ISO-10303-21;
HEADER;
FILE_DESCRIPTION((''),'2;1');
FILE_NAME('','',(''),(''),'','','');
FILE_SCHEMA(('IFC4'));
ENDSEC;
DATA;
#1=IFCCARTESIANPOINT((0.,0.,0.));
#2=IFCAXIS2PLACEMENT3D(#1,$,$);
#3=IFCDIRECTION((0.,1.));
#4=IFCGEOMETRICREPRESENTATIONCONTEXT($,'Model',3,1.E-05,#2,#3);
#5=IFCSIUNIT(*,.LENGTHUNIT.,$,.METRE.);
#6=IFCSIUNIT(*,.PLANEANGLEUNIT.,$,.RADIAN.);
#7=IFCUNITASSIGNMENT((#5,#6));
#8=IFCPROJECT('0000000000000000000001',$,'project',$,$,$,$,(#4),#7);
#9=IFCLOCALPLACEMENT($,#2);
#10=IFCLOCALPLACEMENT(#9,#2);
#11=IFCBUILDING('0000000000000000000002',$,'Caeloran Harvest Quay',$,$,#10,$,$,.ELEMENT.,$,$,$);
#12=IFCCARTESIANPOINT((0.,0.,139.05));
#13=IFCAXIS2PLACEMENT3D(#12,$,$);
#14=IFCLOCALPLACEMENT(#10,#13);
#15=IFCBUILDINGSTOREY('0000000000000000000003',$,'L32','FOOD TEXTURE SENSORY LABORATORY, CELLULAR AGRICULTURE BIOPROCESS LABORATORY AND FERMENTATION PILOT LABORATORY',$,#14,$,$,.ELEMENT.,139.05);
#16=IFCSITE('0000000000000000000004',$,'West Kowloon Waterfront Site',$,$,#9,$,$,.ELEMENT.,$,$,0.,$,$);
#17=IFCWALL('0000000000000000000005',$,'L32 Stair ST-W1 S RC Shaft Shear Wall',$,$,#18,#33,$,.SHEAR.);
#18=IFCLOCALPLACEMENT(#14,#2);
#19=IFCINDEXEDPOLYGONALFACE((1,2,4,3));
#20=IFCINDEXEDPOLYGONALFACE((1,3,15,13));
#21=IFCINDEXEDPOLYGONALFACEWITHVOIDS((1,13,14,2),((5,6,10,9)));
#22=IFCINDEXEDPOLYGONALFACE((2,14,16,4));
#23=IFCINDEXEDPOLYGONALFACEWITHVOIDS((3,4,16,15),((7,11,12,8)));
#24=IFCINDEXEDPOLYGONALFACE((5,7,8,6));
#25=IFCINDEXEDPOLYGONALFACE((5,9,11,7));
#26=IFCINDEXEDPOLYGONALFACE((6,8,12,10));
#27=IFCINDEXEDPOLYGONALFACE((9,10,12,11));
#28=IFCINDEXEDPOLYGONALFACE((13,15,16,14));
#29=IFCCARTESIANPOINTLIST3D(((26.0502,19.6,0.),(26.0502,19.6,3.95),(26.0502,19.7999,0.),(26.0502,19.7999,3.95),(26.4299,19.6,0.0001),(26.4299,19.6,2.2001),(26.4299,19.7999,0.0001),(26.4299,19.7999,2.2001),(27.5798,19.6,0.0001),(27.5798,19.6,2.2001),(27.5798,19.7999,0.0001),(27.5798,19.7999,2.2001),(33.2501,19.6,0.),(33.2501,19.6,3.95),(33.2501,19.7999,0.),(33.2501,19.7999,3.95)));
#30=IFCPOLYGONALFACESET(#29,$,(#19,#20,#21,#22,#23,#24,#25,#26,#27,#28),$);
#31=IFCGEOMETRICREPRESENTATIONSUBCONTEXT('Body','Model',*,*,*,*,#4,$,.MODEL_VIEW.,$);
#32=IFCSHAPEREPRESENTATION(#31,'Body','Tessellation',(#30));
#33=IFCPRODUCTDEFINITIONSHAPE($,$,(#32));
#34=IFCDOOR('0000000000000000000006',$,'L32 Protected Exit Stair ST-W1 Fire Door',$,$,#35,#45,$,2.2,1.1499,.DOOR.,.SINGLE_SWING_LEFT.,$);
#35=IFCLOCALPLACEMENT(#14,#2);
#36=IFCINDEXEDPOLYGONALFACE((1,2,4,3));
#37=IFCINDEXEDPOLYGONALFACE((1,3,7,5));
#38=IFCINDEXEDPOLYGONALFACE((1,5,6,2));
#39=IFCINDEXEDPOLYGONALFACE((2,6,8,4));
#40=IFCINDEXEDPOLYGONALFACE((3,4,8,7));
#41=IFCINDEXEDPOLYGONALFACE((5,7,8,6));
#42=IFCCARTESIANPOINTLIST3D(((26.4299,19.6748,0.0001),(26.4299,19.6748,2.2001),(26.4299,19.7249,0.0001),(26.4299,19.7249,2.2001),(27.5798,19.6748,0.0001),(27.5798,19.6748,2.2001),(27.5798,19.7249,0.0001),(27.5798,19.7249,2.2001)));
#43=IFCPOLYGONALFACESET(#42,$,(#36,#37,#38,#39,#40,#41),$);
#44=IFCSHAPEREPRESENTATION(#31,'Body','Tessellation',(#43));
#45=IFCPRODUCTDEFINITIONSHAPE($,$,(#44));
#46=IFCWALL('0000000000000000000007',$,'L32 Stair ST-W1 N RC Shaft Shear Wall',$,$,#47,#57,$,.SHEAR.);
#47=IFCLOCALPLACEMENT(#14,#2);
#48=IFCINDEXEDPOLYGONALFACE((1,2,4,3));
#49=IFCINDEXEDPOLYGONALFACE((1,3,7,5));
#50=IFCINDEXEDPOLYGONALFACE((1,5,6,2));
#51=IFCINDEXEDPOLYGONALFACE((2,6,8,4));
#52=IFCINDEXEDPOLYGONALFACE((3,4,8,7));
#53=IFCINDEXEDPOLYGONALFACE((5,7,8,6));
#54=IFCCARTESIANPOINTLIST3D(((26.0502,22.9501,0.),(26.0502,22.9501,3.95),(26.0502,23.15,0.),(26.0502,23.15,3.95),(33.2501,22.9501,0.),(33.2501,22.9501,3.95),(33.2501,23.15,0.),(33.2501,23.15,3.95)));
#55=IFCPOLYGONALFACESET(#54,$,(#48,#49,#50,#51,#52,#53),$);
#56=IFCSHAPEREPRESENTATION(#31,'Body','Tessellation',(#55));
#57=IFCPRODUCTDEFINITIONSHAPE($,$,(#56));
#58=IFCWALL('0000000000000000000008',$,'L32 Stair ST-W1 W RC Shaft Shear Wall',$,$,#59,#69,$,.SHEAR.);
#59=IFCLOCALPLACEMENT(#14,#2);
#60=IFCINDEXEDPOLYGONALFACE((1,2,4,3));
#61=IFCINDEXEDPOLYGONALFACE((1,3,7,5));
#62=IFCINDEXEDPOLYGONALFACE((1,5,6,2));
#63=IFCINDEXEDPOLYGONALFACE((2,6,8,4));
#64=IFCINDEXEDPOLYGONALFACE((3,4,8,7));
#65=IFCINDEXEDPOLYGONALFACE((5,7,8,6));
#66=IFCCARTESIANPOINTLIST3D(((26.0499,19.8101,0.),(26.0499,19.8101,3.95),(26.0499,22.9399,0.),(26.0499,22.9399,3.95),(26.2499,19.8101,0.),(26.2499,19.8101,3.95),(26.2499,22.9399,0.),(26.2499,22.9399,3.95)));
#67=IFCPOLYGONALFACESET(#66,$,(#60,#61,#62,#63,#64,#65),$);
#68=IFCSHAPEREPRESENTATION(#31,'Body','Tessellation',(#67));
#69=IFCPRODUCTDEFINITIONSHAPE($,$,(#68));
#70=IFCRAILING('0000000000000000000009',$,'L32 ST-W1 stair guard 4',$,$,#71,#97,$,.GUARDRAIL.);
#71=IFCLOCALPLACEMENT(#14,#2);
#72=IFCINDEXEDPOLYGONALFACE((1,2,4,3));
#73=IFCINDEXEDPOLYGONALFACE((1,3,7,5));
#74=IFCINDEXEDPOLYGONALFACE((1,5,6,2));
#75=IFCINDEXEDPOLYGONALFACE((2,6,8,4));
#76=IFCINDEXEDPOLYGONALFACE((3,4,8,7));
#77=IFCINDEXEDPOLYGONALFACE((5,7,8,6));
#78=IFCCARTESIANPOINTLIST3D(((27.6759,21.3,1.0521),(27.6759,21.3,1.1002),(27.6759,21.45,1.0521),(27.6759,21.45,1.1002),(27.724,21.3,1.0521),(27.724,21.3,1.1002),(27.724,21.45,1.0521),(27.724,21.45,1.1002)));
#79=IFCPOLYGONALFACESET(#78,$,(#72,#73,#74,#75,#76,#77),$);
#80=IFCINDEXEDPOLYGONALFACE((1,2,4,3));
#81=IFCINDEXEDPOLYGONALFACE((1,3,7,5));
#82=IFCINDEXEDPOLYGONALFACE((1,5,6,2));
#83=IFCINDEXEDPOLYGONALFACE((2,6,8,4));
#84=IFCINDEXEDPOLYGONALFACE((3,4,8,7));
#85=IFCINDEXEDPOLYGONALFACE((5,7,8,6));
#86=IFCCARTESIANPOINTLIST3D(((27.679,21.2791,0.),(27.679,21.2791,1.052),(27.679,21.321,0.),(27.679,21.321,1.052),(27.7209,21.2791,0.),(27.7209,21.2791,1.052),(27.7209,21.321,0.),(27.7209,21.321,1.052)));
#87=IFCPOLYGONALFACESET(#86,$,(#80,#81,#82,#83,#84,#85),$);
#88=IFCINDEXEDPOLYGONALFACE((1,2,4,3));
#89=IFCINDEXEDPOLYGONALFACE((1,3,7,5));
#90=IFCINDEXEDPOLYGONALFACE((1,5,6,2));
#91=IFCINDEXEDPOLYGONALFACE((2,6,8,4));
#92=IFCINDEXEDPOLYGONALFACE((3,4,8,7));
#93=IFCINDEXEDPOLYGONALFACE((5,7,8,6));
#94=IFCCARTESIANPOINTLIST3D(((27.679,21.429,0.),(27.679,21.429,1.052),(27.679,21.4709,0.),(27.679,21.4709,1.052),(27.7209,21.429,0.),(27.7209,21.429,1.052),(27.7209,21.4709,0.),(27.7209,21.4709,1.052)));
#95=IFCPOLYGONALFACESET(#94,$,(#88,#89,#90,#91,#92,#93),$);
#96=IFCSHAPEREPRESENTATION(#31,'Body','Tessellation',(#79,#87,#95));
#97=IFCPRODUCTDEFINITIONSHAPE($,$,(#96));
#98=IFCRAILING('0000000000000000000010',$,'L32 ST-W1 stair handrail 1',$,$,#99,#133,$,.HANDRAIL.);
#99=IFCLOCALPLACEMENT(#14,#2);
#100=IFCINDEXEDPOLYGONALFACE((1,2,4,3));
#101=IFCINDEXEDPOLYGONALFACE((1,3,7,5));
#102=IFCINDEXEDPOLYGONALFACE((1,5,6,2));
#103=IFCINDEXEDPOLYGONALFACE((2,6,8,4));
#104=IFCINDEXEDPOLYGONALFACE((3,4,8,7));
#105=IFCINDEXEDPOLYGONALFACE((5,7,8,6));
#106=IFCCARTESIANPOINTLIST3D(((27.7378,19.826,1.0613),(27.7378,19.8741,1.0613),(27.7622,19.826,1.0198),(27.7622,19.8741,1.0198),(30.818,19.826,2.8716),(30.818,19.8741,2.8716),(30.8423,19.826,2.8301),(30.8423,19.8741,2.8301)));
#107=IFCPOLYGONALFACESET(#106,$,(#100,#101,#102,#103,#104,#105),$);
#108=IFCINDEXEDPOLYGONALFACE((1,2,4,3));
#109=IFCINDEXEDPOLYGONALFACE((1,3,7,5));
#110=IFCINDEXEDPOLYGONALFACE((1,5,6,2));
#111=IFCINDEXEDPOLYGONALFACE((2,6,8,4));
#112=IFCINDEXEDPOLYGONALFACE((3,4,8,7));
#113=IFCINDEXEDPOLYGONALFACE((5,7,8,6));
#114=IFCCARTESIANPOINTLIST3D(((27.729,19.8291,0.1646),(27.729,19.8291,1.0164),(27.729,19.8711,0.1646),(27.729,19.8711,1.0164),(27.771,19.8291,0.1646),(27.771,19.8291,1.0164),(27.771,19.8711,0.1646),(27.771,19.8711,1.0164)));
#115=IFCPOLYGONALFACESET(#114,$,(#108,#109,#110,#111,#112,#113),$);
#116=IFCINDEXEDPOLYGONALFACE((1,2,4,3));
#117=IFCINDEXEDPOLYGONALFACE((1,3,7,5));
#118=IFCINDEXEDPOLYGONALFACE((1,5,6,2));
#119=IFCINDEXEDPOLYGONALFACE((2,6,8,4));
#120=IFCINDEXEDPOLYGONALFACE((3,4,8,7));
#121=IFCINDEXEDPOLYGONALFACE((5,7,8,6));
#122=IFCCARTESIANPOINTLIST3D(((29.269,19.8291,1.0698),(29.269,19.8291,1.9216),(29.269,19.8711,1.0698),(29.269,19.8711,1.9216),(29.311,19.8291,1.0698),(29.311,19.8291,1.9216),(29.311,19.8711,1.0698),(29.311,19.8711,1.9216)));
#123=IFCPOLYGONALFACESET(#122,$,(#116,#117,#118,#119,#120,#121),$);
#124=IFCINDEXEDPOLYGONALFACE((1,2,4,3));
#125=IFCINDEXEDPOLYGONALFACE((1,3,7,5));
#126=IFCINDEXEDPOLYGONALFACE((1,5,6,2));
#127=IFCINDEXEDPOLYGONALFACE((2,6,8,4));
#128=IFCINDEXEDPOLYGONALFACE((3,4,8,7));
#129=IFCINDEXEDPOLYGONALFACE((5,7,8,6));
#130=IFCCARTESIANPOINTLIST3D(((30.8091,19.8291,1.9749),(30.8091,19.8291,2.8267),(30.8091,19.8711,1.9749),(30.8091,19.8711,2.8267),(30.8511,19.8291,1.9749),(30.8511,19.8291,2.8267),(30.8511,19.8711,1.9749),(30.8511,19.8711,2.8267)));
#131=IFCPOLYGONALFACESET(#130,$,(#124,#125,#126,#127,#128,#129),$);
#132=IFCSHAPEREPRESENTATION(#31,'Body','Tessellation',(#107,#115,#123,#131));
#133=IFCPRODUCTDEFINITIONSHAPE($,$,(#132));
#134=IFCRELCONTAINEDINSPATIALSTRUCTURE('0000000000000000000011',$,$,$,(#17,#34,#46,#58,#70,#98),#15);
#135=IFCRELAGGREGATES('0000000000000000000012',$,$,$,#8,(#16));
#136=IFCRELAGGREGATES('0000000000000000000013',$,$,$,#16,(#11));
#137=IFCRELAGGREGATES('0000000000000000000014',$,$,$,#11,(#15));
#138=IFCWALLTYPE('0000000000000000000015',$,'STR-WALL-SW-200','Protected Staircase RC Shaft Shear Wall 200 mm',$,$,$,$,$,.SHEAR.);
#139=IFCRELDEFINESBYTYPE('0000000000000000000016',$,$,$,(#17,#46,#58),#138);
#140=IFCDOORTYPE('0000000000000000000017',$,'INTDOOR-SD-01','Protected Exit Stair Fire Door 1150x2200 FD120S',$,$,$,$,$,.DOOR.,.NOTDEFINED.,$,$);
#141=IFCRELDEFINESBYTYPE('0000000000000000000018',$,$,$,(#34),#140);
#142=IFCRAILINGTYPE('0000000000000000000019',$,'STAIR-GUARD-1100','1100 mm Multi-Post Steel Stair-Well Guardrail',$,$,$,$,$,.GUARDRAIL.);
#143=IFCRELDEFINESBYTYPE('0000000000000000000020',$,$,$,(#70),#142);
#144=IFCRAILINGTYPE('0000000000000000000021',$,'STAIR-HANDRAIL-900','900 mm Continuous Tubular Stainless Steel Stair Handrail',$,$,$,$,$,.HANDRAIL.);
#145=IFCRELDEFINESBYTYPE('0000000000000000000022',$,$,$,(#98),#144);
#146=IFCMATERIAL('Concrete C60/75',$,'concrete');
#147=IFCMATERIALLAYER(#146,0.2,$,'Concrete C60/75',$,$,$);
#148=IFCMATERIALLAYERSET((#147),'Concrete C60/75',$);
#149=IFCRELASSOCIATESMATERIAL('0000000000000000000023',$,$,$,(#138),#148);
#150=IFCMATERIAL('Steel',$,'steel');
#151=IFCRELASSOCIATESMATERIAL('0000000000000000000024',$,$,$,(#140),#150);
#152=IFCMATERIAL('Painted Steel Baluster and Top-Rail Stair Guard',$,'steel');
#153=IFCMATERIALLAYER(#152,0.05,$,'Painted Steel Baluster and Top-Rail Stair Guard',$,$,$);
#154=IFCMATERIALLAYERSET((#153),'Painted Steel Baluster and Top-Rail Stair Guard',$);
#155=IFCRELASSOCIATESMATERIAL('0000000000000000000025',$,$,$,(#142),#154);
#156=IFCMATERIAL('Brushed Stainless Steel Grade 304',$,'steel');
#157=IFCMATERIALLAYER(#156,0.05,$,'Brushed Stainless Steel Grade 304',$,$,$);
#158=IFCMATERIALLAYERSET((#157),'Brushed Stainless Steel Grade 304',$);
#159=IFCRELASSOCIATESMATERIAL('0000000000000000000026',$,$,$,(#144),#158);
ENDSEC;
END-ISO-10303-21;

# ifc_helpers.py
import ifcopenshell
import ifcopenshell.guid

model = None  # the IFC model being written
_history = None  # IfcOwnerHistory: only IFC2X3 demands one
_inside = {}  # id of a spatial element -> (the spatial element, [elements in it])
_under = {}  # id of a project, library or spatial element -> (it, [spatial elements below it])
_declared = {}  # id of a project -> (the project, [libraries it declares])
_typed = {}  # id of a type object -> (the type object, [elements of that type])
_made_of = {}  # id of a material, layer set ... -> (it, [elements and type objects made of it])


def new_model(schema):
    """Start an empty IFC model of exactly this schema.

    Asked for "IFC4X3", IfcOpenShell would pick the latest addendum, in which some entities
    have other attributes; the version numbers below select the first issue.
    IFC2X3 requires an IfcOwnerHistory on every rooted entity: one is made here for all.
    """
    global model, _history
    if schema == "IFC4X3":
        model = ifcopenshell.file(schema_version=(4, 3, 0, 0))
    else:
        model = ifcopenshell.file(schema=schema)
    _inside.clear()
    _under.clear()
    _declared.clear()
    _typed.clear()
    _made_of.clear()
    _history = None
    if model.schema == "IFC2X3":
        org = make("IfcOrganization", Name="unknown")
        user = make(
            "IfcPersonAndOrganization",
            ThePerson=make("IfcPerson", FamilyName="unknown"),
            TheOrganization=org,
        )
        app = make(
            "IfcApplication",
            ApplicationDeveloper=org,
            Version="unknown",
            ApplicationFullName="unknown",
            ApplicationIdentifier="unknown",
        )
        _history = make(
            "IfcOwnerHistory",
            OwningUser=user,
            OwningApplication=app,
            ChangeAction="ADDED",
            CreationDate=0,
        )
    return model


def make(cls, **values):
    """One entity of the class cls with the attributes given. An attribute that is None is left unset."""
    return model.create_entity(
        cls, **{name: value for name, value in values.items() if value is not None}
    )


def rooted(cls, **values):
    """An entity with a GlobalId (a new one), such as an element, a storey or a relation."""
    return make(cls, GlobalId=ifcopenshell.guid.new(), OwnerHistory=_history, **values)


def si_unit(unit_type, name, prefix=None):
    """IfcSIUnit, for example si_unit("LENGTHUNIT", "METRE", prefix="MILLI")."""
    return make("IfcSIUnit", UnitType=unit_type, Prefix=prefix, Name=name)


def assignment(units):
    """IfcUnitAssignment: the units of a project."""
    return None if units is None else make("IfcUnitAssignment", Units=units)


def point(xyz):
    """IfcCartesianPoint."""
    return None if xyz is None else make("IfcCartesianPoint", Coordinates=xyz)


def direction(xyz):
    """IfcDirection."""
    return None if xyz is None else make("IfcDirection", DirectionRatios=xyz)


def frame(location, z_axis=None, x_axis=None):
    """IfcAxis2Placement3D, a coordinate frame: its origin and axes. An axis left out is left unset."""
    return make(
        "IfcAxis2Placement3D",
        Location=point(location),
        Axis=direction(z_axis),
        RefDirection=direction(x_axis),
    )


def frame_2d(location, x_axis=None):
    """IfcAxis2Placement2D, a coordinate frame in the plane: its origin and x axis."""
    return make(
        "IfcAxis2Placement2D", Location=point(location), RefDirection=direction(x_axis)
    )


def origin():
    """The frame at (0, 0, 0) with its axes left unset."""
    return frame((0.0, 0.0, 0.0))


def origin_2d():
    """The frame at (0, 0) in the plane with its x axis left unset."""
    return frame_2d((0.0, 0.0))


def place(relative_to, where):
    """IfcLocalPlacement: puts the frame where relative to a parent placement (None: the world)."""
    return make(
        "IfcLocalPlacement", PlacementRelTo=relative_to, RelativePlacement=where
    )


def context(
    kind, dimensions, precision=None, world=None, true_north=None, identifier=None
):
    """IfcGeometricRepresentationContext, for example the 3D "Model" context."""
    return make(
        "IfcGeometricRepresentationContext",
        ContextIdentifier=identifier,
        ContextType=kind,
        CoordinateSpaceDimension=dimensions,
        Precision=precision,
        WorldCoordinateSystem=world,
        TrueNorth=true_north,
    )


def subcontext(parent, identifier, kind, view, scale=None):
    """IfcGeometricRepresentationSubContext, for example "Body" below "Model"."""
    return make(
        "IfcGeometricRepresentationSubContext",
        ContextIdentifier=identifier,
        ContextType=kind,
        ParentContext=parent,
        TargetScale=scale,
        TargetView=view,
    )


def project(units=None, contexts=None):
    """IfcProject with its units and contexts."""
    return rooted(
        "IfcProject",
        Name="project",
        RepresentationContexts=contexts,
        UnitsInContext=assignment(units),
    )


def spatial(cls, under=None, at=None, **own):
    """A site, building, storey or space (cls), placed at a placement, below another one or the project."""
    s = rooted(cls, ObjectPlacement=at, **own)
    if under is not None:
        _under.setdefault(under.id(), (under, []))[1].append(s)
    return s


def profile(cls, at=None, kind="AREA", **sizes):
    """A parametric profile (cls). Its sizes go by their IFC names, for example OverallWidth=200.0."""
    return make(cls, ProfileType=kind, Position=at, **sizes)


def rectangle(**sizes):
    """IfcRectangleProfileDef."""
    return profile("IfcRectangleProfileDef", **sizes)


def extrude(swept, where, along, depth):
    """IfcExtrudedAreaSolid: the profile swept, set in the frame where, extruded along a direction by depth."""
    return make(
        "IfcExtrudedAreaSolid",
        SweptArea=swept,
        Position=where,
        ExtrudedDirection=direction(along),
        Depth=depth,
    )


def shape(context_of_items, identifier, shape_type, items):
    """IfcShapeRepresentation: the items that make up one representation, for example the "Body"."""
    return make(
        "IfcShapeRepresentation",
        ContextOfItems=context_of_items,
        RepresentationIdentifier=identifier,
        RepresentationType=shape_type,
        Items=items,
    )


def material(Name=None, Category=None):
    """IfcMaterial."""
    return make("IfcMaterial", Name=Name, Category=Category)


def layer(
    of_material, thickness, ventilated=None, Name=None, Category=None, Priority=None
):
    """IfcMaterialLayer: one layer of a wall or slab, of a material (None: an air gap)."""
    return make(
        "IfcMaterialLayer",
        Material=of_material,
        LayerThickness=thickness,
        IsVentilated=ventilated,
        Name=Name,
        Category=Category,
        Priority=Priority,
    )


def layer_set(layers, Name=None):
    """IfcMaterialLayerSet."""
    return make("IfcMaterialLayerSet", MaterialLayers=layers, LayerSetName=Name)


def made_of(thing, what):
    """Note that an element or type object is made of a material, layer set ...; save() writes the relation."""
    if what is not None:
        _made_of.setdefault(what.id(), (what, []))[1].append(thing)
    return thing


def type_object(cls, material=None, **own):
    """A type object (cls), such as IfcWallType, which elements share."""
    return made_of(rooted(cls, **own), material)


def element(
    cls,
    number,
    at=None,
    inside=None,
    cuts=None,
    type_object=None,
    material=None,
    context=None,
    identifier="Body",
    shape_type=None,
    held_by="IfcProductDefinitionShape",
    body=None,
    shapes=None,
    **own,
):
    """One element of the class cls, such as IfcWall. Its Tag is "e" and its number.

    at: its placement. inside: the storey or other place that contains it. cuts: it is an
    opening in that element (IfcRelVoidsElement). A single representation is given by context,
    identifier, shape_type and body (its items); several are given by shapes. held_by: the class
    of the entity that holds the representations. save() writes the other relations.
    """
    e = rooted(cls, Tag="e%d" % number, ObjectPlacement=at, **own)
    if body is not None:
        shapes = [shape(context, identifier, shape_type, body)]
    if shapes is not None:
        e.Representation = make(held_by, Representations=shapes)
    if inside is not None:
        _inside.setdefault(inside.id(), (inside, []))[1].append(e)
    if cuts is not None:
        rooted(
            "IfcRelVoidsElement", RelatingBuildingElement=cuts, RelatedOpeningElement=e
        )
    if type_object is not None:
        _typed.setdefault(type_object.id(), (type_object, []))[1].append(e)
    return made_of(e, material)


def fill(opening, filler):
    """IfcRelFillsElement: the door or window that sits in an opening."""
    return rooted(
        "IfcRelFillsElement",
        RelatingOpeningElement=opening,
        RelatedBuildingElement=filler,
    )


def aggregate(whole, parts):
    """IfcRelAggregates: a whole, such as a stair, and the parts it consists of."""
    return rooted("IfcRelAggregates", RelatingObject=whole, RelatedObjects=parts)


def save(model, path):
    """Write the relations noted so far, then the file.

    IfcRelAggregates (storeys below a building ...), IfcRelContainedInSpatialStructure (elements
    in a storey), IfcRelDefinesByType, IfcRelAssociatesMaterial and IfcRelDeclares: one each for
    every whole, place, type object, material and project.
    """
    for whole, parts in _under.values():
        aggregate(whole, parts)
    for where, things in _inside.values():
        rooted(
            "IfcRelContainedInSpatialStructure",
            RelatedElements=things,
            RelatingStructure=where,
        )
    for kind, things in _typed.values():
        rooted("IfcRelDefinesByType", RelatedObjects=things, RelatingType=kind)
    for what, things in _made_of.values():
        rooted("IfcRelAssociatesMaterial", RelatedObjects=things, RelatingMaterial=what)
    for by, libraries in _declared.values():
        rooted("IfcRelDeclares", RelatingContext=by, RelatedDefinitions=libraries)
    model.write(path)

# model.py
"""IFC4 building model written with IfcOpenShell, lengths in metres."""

from ifc_helpers import new_model, si_unit, direction, frame, frame_2d, origin, origin_2d, place, context, subcontext, project, spatial, rectangle, extrude, material, layer, layer_set, type_object, element, fill, save


model = new_model("IFC4")

# Units and contexts
model_context = context("Model", 3, precision=1e-05, world=origin(), true_north=direction((0.0, 1.0)))
body_context = subcontext(model_context, "Body", "Model", "MODEL_VIEW")
ifc_project = project(units=[si_unit("LENGTHUNIT", "METRE"), si_unit("PLANEANGLEUNIT", "RADIAN")], contexts=[model_context])

# Site, building, storey
site_placement = place(None, origin())
site = spatial("IfcSite", under=ifc_project, at=site_placement, Name="West Kowloon Waterfront Site", CompositionType="ELEMENT", RefElevation=0.0)
building_placement = place(site_placement, origin())
building = spatial("IfcBuilding", under=site, at=building_placement, Name="Caeloran Harvest Quay", CompositionType="ELEMENT")
storey_placement = place(building_placement, frame((0.0, 0.0, 139.05)))
storey = spatial("IfcBuildingStorey", under=building, at=storey_placement, Name="L32", Description="FOOD TEXTURE SENSORY LABORATORY, CELLULAR AGRICULTURE BIOPROCESS LABORATORY AND FERMENTATION PILOT LABORATORY", CompositionType="ELEMENT", Elevation=139.05)

# Wall, opening, door
ifc_material_1 = material(Name="Concrete C60/75", Category="concrete")
ifc_layer_1 = layer(ifc_material_1, 0.2, Name="Concrete C60/75")
ifc_layer_set_1 = layer_set([ifc_layer_1], Name="Concrete C60/75")
wall_type_1 = type_object("IfcWallType", Name="STR-WALL-SW-200", Description="Protected Staircase RC Shaft Shear Wall 200 mm", PredefinedType="SHEAR", material=ifc_layer_set_1)
wall_1_placement = place(storey_placement, frame((26.05, 19.7, 0.0), z_axis=(0.0, 0.0, 1.0), x_axis=(1.0, 0.0, 0.0)))
wall_1 = element("IfcWall", 1, at=wall_1_placement, inside=storey, type_object=wall_type_1, Name="L32 Stair ST-W1 S RC Shaft Shear Wall", PredefinedType="SHEAR", context=body_context, shape_type="SweptSolid", body=[
    extrude(rectangle(XDim=7.2, YDim=0.2, at=frame_2d((3.6001, 0.0))), origin(), (0.0, 0.0, 1.0), 3.95),
])
opening_1_placement = place(wall_1_placement, frame((0.3799, 0.0, 0.0)))
opening_1 = element("IfcOpeningElement", 2, at=opening_1_placement, cuts=wall_1, PredefinedType="OPENING", context=body_context, shape_type="SweptSolid", body=[
    extrude(rectangle(XDim=1.1499, YDim=2.2, at=frame_2d((0.575, 1.1001))), frame((0.0, 0.1099, 0.0), z_axis=(0.0, -1.0, 0.0), x_axis=(1.0, 0.0, 0.0)), (0.0, 0.0, 1.0), 0.22),
])
ifc_material_2 = material(Name="Steel", Category="steel")
door_type_1 = type_object("IfcDoorType", Name="INTDOOR-SD-01", Description="Protected Exit Stair Fire Door 1150x2200 FD120S", OperationType="NOTDEFINED", PredefinedType="DOOR", material=ifc_material_2)
door_1_placement = place(opening_1_placement, origin())
door_1 = element("IfcDoor", 3, at=door_1_placement, inside=storey, type_object=door_type_1, Name="L32 Protected Exit Stair ST-W1 Fire Door", OperationType="SINGLE_SWING_LEFT", OverallHeight=2.2, OverallWidth=1.1499, PredefinedType="DOOR", context=body_context, shape_type="SweptSolid", body=[
    extrude(rectangle(XDim=1.1499, YDim=2.2, at=frame_2d((0.575, 1.1001))), frame((0.0, 0.0249, 0.0), z_axis=(0.0, -1.0, 0.0), x_axis=(1.0, 0.0, 0.0)), (0.0, 0.0, 1.0), 0.05),
])
fill(opening_1, door_1)

# Walls
wall_2_placement = place(storey_placement, frame((26.05, 23.05, 0.0), z_axis=(0.0, 0.0, 1.0), x_axis=(1.0, 0.0, 0.0)))
element("IfcWall", 4, at=wall_2_placement, inside=storey, type_object=wall_type_1, Name="L32 Stair ST-W1 N RC Shaft Shear Wall", PredefinedType="SHEAR", context=body_context, shape_type="SweptSolid", body=[
    extrude(rectangle(XDim=7.2, YDim=0.2, at=frame_2d((3.6001, 0.0))), origin(), (0.0, 0.0, 1.0), 3.95),
])
wall_3_placement = place(storey_placement, frame((26.1499, 19.8101, 0.0), z_axis=(0.0, 0.0, 1.0), x_axis=(0.0, 1.0, 0.0)))
element("IfcWall", 5, at=wall_3_placement, inside=storey, type_object=wall_type_1, Name="L32 Stair ST-W1 W RC Shaft Shear Wall", PredefinedType="SHEAR", context=body_context, shape_type="SweptSolid", body=[
    extrude(rectangle(XDim=3.1299, YDim=0.2, at=frame_2d((1.5649, 0.0))), origin(), (0.0, 0.0, 1.0), 3.95),
])

# Railings
ifc_material_3 = material(Name="Painted Steel Baluster and Top-Rail Stair Guard", Category="steel")
ifc_layer_2 = layer(ifc_material_3, 0.05, Name="Painted Steel Baluster and Top-Rail Stair Guard")
ifc_layer_set_2 = layer_set([ifc_layer_2], Name="Painted Steel Baluster and Top-Rail Stair Guard")
railing_type_1 = type_object("IfcRailingType", Name="STAIR-GUARD-1100", Description="1100 mm Multi-Post Steel Stair-Well Guardrail", PredefinedType="GUARDRAIL", material=ifc_layer_set_2)
railing_1_placement = place(storey_placement, frame((27.7, 21.3, 0.0)))
element("IfcRailing", 6, at=railing_1_placement, inside=storey, type_object=railing_type_1, Name="L32 ST-W1 stair guard 4", PredefinedType="GUARDRAIL", context=body_context, shape_type="SweptSolid", body=[
    extrude(rectangle(XDim=0.0481, YDim=0.0481, at=origin_2d()), frame((0.0, 0.0, 1.0762), z_axis=(0.0, 1.0, 0.0), x_axis=(-1.0, 0.0, 0.0)), (0.0, 0.0, 1.0), 0.1499),
    extrude(rectangle(XDim=0.042, YDim=0.042, at=origin_2d()), origin(), (0.0, 0.0, 1.0), 1.052),
    extrude(rectangle(XDim=0.042, YDim=0.042, at=origin_2d()), frame((0.0, 0.1499, 0.0)), (0.0, 0.0, 1.0), 1.052),
])
ifc_material_4 = material(Name="Brushed Stainless Steel Grade 304", Category="steel")
ifc_layer_3 = layer(ifc_material_4, 0.05, Name="Brushed Stainless Steel Grade 304")
ifc_layer_set_3 = layer_set([ifc_layer_3], Name="Brushed Stainless Steel Grade 304")
railing_type_2 = type_object("IfcRailingType", Name="STAIR-HANDRAIL-900", Description="900 mm Continuous Tubular Stainless Steel Stair Handrail", PredefinedType="HANDRAIL", material=ifc_layer_set_3)
railing_2_placement = place(storey_placement, frame((27.75, 19.8501, 0.1646)))
element("IfcRailing", 7, at=railing_2_placement, inside=storey, type_object=railing_type_2, Name="L32 ST-W1 stair handrail 1", PredefinedType="HANDRAIL", context=body_context, shape_type="SweptSolid", body=[
    extrude(rectangle(XDim=0.0481, YDim=0.0481, at=origin_2d()), frame((0.0, 0.0, 0.876), z_axis=(0.862119, 0.0, 0.506707), x_axis=(0.0, 1.0, 0.0)), (0.0, 0.0, 1.0), 3.5728),
    extrude(rectangle(XDim=0.042, YDim=0.042, at=origin_2d()), origin(), (0.0, 0.0, 1.0), 0.8518),
    extrude(rectangle(XDim=0.042, YDim=0.042, at=origin_2d()), frame((1.54, 0.0, 0.9053)), (0.0, 0.0, 1.0), 0.8518),
    extrude(rectangle(XDim=0.042, YDim=0.042, at=origin_2d()), frame((3.0801, 0.0, 1.8103)), (0.0, 0.0, 1.0), 0.8518),
])

save(model, "model.ifc")
